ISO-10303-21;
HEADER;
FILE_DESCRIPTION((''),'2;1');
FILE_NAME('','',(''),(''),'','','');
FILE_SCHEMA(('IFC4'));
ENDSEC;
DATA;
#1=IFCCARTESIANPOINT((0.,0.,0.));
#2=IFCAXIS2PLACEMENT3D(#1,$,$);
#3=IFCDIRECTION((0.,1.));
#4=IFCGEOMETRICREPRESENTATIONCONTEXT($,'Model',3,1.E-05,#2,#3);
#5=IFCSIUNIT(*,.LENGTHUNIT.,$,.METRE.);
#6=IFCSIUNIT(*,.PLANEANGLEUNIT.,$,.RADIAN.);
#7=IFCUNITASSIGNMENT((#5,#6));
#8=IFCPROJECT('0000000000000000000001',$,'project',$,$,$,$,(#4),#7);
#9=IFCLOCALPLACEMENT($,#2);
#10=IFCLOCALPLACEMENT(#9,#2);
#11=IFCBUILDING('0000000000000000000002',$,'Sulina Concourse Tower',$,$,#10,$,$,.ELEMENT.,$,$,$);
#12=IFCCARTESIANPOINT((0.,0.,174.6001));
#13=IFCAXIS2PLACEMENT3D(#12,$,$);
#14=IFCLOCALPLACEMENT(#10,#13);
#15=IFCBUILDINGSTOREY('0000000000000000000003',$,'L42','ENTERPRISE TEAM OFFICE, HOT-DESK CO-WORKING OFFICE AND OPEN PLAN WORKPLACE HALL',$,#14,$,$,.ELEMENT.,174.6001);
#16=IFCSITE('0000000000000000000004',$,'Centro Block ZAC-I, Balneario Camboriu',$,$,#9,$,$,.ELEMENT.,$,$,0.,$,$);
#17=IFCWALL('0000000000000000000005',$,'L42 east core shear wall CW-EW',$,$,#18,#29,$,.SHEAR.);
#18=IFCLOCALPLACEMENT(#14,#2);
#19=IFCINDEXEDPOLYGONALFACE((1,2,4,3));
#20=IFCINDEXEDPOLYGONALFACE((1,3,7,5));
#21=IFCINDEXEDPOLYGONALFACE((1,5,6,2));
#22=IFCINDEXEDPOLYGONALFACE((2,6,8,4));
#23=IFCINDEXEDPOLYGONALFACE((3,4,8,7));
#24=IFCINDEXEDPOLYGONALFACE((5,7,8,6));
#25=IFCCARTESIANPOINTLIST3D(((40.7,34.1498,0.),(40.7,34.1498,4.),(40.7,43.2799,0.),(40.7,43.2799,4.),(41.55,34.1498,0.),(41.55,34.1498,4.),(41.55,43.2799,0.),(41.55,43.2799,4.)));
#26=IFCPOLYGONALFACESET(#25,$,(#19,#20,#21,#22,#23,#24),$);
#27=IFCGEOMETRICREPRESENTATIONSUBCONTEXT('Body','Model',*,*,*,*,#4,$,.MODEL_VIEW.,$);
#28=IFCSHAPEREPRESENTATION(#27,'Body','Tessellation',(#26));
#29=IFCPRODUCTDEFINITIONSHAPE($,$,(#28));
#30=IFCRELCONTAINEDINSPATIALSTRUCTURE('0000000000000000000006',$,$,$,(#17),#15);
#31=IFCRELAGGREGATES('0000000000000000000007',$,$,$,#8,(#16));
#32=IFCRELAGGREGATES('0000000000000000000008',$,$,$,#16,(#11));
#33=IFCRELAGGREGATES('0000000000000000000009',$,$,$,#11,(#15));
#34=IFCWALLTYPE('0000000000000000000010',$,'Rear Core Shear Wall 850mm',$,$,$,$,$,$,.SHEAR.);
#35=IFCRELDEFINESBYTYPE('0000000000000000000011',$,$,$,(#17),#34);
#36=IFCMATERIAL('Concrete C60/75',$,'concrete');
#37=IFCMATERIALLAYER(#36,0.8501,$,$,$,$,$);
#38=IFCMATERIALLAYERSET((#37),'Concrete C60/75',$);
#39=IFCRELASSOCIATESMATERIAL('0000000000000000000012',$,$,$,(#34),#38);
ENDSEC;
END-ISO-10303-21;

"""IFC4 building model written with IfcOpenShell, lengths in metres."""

from ifc_helpers import new_model, si_unit, direction, frame, frame_2d, origin, place, context, subcontext, project, spatial, rectangle, extrude, material, layer, layer_set, type_object, element, save


model = new_model("IFC4")

# Units and contexts
model_context = context("Model", 3, precision=1e-05, world=origin(), true_north=direction((0.0, 1.0)))
body_context = subcontext(model_context, "Body", "Model", "MODEL_VIEW")
ifc_project = project(units=[si_unit("LENGTHUNIT", "METRE"), si_unit("PLANEANGLEUNIT", "RADIAN")], contexts=[model_context])

# Site, building, storey
site_placement = place(None, origin())
site = spatial("IfcSite", under=ifc_project, at=site_placement, Name="Centro Block ZAC-I, Balneario Camboriu", CompositionType="ELEMENT", RefElevation=0.0)
building_placement = place(site_placement, origin())
building = spatial("IfcBuilding", under=site, at=building_placement, Name="Sulina Concourse Tower", CompositionType="ELEMENT")
storey_placement = place(building_placement, frame((0.0, 0.0, 174.6001)))
storey = spatial("IfcBuildingStorey", under=building, at=storey_placement, Name="L42", Description="ENTERPRISE TEAM OFFICE, HOT-DESK CO-WORKING OFFICE AND OPEN PLAN WORKPLACE HALL", CompositionType="ELEMENT", Elevation=174.6001)

# Wall
ifc_material_1 = material(Name="Concrete C60/75", Category="concrete")
ifc_layer_1 = layer(ifc_material_1, 0.8501)
ifc_layer_set_1 = layer_set([ifc_layer_1], Name="Concrete C60/75")
wall_type_1 = type_object("IfcWallType", Name="Rear Core Shear Wall 850mm", PredefinedType="SHEAR", material=ifc_layer_set_1)
wall_1_placement = place(storey_placement, frame((41.125, 34.1499, 0.0), z_axis=(0.0, 0.0, 1.0), x_axis=(0.0, 1.0, 0.0)))
element("IfcWall", 1, at=wall_1_placement, inside=storey, type_object=wall_type_1, Name="L42 east core shear wall CW-EW", PredefinedType="SHEAR", context=body_context, shape_type="SweptSolid", body=[
    extrude(rectangle(XDim=9.1301, YDim=0.8501, at=frame_2d((4.5649, 0.0))), origin(), (0.0, 0.0, 1.0), 4.0),
])

save(model, "model.ifc")
